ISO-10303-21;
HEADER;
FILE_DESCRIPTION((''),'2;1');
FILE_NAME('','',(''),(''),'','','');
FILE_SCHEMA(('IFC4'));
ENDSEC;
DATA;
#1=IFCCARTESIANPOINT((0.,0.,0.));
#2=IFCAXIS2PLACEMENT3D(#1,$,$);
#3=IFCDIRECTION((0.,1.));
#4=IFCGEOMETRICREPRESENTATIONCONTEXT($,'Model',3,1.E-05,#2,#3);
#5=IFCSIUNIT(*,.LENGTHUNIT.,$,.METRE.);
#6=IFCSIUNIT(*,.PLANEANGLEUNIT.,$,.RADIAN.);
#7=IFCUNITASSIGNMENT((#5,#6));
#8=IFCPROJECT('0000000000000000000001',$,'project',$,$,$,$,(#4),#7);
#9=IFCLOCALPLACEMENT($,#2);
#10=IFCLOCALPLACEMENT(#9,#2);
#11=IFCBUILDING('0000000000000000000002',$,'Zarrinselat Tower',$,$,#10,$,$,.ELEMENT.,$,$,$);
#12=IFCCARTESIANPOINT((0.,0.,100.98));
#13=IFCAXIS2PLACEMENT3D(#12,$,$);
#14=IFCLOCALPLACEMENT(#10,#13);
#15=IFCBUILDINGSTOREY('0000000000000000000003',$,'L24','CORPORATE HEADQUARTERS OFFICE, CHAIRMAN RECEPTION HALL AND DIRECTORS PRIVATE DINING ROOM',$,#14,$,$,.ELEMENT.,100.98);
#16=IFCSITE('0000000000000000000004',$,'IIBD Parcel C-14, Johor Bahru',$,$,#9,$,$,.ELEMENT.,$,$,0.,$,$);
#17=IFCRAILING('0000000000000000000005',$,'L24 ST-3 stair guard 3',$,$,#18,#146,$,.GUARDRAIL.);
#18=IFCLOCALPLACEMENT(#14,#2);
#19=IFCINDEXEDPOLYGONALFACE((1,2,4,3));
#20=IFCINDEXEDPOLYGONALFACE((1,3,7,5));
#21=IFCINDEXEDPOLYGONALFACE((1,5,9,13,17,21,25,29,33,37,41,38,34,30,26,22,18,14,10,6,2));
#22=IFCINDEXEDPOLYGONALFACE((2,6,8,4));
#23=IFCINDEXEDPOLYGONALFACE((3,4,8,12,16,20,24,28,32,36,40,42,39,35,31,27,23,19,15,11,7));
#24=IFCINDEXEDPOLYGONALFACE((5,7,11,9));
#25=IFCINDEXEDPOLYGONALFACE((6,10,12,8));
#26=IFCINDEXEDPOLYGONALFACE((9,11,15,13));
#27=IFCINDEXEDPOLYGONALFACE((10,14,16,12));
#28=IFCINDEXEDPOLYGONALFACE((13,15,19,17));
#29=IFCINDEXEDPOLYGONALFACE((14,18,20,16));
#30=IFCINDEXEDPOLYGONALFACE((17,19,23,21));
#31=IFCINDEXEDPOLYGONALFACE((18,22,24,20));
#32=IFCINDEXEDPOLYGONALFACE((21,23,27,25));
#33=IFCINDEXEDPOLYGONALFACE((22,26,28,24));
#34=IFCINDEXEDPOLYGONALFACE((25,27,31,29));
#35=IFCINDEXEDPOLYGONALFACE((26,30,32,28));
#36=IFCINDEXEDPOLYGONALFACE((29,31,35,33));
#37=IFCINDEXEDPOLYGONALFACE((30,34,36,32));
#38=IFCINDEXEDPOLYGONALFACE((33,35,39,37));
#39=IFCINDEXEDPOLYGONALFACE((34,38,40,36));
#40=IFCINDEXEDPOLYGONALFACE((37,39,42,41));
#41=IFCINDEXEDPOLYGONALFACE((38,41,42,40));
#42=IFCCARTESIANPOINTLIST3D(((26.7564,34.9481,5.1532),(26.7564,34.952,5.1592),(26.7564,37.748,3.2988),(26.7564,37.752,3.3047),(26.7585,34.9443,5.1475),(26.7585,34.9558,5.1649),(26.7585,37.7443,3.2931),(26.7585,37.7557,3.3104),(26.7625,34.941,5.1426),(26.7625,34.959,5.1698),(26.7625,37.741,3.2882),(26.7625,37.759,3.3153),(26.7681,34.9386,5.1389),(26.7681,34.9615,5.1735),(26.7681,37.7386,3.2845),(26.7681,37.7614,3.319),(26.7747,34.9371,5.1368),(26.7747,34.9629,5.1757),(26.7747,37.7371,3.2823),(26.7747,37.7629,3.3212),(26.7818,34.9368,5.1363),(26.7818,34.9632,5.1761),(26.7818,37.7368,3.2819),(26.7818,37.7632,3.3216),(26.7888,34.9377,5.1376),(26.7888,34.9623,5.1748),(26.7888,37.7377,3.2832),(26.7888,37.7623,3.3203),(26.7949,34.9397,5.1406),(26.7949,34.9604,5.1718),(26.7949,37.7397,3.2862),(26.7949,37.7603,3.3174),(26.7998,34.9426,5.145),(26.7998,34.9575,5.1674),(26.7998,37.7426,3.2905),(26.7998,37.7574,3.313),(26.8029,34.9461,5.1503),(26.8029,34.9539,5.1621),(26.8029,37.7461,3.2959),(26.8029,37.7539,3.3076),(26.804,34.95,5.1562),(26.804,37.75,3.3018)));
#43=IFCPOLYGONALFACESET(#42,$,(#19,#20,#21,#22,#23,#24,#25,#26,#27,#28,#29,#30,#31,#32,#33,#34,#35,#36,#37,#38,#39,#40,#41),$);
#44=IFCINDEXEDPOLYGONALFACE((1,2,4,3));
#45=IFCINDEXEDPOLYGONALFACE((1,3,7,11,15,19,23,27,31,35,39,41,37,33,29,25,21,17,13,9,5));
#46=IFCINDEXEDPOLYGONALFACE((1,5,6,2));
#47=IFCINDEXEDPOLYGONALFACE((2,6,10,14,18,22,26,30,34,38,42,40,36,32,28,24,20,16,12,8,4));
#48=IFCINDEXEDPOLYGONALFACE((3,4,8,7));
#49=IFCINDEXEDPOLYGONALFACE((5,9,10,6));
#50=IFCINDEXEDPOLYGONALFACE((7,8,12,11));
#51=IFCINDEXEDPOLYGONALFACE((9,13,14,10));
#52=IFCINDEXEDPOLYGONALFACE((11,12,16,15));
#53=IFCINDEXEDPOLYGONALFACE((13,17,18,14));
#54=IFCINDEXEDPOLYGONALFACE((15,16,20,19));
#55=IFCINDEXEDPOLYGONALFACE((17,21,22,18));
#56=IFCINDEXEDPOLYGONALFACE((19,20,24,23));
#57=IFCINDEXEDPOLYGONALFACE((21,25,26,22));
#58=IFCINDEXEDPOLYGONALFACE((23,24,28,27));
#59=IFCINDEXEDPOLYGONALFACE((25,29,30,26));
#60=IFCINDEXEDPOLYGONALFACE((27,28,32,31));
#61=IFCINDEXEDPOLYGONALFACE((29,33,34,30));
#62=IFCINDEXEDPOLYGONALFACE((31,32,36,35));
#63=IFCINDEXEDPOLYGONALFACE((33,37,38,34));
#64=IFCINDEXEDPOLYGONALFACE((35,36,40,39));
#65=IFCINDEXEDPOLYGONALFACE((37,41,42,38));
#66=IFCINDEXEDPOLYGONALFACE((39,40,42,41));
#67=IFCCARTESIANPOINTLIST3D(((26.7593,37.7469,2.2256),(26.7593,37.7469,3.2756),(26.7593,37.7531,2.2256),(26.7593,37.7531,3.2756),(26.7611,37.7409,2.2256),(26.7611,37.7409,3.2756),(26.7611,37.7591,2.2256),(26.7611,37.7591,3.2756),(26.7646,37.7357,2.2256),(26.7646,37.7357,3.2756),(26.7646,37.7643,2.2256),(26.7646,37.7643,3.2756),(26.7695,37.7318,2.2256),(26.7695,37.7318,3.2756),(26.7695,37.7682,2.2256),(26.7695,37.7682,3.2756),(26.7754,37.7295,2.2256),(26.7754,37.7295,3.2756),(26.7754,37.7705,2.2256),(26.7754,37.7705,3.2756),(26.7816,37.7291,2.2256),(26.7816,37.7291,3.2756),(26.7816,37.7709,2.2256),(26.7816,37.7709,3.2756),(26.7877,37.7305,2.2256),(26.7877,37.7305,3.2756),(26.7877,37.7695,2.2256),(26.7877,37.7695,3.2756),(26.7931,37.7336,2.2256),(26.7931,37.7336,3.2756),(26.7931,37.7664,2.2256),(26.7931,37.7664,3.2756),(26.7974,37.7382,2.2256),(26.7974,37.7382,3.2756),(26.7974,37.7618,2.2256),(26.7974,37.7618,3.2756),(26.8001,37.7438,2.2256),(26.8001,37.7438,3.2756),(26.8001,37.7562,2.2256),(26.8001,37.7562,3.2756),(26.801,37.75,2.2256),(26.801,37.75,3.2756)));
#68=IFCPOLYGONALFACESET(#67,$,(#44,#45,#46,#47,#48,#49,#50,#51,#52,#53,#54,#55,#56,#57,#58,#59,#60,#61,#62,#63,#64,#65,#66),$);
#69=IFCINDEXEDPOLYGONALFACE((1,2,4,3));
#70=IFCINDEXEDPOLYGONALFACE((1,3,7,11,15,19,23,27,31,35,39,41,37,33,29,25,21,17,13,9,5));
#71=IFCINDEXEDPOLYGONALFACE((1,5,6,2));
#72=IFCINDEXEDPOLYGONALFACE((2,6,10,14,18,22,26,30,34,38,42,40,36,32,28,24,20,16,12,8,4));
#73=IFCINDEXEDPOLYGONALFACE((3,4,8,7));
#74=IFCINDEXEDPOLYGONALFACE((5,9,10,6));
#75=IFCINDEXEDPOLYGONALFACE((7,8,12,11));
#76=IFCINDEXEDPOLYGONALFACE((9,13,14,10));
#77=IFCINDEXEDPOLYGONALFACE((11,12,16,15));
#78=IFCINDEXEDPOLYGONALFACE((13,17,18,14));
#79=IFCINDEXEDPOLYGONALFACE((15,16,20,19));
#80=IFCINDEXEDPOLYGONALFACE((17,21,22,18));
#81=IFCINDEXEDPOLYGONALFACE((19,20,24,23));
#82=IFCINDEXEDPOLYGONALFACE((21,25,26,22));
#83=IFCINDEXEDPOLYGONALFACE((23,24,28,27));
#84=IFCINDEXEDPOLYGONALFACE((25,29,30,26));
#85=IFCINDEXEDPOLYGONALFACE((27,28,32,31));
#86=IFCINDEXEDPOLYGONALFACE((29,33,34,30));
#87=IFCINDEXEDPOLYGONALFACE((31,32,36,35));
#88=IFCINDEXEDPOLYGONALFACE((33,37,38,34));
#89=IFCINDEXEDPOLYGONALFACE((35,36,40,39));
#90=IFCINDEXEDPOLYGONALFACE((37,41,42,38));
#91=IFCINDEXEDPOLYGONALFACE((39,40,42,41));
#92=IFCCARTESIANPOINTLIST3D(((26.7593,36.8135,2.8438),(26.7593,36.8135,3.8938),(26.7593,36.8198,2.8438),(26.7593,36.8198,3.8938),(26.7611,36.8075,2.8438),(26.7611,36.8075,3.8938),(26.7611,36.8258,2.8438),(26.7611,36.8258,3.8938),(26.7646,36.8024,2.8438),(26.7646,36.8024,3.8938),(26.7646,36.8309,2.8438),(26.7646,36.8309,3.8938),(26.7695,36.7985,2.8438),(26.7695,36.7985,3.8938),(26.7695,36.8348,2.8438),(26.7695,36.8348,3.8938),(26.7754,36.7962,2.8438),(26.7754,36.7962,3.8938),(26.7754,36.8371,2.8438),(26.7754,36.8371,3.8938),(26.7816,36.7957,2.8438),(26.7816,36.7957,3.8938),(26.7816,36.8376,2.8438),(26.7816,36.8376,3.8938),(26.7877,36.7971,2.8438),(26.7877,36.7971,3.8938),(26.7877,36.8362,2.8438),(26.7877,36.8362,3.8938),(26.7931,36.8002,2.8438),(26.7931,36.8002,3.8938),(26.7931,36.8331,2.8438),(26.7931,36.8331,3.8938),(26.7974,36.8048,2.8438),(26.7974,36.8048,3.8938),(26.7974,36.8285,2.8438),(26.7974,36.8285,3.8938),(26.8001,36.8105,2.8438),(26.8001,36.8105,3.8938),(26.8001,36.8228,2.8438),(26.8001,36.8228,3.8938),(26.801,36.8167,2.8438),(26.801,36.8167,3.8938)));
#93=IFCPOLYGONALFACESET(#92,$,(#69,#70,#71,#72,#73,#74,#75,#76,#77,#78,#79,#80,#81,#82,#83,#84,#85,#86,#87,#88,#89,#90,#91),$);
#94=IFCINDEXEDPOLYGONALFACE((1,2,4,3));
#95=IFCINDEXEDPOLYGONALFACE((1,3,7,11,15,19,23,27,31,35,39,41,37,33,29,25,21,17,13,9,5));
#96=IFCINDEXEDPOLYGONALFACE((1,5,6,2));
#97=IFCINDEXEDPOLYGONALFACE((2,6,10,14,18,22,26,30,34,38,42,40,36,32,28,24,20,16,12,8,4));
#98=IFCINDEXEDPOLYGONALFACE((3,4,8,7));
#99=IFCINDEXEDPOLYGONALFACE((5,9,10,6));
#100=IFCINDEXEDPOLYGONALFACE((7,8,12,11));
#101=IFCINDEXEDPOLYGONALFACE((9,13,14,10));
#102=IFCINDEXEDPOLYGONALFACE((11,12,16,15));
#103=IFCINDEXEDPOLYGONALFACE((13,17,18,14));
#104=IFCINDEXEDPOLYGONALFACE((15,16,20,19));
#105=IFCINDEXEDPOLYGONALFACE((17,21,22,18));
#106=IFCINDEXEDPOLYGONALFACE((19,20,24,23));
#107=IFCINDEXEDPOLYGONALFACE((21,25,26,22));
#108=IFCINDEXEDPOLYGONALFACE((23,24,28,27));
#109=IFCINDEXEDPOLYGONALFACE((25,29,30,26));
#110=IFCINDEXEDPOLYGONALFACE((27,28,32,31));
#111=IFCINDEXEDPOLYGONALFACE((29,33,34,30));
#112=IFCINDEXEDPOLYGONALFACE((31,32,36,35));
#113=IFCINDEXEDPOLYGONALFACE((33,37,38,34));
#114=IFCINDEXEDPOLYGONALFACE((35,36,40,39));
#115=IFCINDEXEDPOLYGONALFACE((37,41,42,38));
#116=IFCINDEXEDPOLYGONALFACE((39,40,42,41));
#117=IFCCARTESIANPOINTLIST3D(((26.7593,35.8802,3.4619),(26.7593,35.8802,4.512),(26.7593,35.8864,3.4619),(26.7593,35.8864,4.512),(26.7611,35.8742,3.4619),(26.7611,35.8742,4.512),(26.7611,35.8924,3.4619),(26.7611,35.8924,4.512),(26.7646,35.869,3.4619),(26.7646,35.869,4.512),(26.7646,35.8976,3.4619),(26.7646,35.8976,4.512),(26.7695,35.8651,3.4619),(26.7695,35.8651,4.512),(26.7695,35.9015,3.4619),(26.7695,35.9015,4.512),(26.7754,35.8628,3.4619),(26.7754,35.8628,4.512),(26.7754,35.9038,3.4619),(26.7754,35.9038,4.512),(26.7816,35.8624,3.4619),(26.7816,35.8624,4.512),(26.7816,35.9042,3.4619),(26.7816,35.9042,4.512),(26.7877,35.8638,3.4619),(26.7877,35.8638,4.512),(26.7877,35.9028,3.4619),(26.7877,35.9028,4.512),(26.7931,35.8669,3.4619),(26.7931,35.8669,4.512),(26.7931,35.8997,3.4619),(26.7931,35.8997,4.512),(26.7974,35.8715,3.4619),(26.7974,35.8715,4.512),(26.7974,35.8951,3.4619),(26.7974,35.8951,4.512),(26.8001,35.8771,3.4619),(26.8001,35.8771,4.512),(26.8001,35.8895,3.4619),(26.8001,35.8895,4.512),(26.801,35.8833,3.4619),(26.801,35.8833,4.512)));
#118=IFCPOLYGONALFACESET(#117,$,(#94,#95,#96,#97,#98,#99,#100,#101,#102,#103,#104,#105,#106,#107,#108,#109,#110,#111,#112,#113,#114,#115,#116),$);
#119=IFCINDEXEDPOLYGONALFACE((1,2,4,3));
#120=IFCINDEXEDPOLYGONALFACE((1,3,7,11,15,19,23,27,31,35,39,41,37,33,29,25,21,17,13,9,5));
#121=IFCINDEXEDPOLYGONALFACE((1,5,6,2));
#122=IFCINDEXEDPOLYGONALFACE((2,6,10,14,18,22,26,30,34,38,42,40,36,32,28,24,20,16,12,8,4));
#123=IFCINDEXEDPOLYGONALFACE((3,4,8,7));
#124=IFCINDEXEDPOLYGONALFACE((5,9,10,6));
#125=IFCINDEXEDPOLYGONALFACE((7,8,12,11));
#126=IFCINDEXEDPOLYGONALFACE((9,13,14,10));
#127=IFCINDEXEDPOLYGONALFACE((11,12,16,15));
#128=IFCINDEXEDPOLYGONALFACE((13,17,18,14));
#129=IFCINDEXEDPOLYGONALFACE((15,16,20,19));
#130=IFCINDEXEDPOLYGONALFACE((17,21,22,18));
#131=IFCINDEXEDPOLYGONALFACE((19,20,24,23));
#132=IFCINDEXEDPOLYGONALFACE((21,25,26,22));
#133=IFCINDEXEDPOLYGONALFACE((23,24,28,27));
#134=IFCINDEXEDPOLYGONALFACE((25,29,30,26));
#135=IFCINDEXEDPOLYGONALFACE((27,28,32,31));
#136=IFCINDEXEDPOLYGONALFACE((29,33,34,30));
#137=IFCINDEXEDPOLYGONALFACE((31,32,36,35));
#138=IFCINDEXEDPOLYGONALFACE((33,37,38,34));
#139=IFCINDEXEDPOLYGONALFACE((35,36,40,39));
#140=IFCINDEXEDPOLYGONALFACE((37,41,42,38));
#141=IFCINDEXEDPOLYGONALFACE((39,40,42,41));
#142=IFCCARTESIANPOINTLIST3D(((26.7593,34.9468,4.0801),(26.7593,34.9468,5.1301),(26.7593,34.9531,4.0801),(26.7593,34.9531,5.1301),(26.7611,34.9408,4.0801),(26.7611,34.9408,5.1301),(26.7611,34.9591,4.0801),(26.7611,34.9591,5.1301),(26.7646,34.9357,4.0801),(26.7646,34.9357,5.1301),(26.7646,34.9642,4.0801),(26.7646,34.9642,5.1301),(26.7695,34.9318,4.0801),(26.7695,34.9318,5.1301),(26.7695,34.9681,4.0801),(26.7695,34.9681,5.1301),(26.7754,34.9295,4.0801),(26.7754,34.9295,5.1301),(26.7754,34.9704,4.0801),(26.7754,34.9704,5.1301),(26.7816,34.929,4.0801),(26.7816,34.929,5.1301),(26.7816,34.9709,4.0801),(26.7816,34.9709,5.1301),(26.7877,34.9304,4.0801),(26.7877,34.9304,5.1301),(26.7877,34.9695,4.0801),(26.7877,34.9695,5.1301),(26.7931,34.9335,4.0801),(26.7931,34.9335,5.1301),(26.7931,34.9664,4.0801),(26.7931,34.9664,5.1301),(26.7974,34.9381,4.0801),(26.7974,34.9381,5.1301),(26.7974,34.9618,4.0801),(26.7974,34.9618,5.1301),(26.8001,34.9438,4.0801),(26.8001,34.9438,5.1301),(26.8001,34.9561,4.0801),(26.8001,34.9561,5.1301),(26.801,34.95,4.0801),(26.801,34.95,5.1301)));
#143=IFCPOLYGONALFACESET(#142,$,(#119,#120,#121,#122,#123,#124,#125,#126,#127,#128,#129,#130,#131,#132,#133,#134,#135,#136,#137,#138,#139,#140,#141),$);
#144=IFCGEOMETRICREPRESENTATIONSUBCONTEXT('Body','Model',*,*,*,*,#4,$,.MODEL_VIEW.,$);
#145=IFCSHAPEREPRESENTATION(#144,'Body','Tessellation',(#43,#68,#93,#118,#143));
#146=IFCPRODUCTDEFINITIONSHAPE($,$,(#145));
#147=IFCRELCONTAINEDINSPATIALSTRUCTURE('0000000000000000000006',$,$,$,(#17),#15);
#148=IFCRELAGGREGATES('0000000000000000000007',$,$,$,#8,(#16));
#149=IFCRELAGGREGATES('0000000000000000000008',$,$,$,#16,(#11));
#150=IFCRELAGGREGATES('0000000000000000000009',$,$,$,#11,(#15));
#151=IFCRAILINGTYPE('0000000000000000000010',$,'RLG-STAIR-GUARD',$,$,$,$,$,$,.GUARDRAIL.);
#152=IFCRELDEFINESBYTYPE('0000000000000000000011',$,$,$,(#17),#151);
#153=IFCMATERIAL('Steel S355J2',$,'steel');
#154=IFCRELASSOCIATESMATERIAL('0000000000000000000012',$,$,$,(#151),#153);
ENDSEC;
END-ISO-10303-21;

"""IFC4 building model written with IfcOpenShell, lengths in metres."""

from ifc_helpers import new_model, si_unit, direction, frame, origin, origin_2d, place, context, subcontext, project, spatial, circle, extrude, material, type_object, element, save


model = new_model("IFC4")

# Units and contexts
model_context = context("Model", 3, precision=1e-05, world=origin(), true_north=direction((0.0, 1.0)))
body_context = subcontext(model_context, "Body", "Model", "MODEL_VIEW")
ifc_project = project(units=[si_unit("LENGTHUNIT", "METRE"), si_unit("PLANEANGLEUNIT", "RADIAN")], contexts=[model_context])

# Site, building, storey
site_placement = place(None, origin())
site = spatial("IfcSite", under=ifc_project, at=site_placement, Name="IIBD Parcel C-14, Johor Bahru", CompositionType="ELEMENT", RefElevation=0.0)
building_placement = place(site_placement, origin())
building = spatial("IfcBuilding", under=site, at=building_placement, Name="Zarrinselat Tower", CompositionType="ELEMENT")
storey_placement = place(building_placement, frame((0.0, 0.0, 100.98)))
storey = spatial("IfcBuildingStorey", under=building, at=storey_placement, Name="L24", Description="CORPORATE HEADQUARTERS OFFICE, CHAIRMAN RECEPTION HALL AND DIRECTORS PRIVATE DINING ROOM", CompositionType="ELEMENT", Elevation=100.98)

# Railing
ifc_material_1 = material(Name="Steel S355J2", Category="steel")
railing_type_1 = type_object("IfcRailingType", Name="RLG-STAIR-GUARD", PredefinedType="GUARDRAIL", material=ifc_material_1)
railing_1_placement = place(storey_placement, frame((26.78, 37.75, 2.2256)))
element("IfcRailing", 1, at=railing_1_placement, inside=storey, type_object=railing_type_1, Name="L24 ST-3 stair guard 3", PredefinedType="GUARDRAIL", context=body_context, shape_type="SweptSolid", body=[
    extrude(circle(Radius=0.0239, at=origin_2d()), frame((0.0, 0.0, 1.0762), z_axis=(0.0, -0.833724, 0.552181), x_axis=(1.0, 0.0, 0.0)), (0.0, 0.0, 1.0), 3.3584),
    extrude(circle(Radius=0.021, at=origin_2d()), origin(), (0.0, 0.0, 1.0), 1.05),
    extrude(circle(Radius=0.021, at=origin_2d()), frame((0.0, -0.9333, 0.6182)), (0.0, 0.0, 1.0), 1.05),
    extrude(circle(Radius=0.021, at=origin_2d()), frame((0.0, -1.8667, 1.2363)), (0.0, 0.0, 1.0), 1.05),
    extrude(circle(Radius=0.021, at=origin_2d()), frame((0.0, -2.8, 1.8545)), (0.0, 0.0, 1.0), 1.05),
])

save(model, "model.ifc")
